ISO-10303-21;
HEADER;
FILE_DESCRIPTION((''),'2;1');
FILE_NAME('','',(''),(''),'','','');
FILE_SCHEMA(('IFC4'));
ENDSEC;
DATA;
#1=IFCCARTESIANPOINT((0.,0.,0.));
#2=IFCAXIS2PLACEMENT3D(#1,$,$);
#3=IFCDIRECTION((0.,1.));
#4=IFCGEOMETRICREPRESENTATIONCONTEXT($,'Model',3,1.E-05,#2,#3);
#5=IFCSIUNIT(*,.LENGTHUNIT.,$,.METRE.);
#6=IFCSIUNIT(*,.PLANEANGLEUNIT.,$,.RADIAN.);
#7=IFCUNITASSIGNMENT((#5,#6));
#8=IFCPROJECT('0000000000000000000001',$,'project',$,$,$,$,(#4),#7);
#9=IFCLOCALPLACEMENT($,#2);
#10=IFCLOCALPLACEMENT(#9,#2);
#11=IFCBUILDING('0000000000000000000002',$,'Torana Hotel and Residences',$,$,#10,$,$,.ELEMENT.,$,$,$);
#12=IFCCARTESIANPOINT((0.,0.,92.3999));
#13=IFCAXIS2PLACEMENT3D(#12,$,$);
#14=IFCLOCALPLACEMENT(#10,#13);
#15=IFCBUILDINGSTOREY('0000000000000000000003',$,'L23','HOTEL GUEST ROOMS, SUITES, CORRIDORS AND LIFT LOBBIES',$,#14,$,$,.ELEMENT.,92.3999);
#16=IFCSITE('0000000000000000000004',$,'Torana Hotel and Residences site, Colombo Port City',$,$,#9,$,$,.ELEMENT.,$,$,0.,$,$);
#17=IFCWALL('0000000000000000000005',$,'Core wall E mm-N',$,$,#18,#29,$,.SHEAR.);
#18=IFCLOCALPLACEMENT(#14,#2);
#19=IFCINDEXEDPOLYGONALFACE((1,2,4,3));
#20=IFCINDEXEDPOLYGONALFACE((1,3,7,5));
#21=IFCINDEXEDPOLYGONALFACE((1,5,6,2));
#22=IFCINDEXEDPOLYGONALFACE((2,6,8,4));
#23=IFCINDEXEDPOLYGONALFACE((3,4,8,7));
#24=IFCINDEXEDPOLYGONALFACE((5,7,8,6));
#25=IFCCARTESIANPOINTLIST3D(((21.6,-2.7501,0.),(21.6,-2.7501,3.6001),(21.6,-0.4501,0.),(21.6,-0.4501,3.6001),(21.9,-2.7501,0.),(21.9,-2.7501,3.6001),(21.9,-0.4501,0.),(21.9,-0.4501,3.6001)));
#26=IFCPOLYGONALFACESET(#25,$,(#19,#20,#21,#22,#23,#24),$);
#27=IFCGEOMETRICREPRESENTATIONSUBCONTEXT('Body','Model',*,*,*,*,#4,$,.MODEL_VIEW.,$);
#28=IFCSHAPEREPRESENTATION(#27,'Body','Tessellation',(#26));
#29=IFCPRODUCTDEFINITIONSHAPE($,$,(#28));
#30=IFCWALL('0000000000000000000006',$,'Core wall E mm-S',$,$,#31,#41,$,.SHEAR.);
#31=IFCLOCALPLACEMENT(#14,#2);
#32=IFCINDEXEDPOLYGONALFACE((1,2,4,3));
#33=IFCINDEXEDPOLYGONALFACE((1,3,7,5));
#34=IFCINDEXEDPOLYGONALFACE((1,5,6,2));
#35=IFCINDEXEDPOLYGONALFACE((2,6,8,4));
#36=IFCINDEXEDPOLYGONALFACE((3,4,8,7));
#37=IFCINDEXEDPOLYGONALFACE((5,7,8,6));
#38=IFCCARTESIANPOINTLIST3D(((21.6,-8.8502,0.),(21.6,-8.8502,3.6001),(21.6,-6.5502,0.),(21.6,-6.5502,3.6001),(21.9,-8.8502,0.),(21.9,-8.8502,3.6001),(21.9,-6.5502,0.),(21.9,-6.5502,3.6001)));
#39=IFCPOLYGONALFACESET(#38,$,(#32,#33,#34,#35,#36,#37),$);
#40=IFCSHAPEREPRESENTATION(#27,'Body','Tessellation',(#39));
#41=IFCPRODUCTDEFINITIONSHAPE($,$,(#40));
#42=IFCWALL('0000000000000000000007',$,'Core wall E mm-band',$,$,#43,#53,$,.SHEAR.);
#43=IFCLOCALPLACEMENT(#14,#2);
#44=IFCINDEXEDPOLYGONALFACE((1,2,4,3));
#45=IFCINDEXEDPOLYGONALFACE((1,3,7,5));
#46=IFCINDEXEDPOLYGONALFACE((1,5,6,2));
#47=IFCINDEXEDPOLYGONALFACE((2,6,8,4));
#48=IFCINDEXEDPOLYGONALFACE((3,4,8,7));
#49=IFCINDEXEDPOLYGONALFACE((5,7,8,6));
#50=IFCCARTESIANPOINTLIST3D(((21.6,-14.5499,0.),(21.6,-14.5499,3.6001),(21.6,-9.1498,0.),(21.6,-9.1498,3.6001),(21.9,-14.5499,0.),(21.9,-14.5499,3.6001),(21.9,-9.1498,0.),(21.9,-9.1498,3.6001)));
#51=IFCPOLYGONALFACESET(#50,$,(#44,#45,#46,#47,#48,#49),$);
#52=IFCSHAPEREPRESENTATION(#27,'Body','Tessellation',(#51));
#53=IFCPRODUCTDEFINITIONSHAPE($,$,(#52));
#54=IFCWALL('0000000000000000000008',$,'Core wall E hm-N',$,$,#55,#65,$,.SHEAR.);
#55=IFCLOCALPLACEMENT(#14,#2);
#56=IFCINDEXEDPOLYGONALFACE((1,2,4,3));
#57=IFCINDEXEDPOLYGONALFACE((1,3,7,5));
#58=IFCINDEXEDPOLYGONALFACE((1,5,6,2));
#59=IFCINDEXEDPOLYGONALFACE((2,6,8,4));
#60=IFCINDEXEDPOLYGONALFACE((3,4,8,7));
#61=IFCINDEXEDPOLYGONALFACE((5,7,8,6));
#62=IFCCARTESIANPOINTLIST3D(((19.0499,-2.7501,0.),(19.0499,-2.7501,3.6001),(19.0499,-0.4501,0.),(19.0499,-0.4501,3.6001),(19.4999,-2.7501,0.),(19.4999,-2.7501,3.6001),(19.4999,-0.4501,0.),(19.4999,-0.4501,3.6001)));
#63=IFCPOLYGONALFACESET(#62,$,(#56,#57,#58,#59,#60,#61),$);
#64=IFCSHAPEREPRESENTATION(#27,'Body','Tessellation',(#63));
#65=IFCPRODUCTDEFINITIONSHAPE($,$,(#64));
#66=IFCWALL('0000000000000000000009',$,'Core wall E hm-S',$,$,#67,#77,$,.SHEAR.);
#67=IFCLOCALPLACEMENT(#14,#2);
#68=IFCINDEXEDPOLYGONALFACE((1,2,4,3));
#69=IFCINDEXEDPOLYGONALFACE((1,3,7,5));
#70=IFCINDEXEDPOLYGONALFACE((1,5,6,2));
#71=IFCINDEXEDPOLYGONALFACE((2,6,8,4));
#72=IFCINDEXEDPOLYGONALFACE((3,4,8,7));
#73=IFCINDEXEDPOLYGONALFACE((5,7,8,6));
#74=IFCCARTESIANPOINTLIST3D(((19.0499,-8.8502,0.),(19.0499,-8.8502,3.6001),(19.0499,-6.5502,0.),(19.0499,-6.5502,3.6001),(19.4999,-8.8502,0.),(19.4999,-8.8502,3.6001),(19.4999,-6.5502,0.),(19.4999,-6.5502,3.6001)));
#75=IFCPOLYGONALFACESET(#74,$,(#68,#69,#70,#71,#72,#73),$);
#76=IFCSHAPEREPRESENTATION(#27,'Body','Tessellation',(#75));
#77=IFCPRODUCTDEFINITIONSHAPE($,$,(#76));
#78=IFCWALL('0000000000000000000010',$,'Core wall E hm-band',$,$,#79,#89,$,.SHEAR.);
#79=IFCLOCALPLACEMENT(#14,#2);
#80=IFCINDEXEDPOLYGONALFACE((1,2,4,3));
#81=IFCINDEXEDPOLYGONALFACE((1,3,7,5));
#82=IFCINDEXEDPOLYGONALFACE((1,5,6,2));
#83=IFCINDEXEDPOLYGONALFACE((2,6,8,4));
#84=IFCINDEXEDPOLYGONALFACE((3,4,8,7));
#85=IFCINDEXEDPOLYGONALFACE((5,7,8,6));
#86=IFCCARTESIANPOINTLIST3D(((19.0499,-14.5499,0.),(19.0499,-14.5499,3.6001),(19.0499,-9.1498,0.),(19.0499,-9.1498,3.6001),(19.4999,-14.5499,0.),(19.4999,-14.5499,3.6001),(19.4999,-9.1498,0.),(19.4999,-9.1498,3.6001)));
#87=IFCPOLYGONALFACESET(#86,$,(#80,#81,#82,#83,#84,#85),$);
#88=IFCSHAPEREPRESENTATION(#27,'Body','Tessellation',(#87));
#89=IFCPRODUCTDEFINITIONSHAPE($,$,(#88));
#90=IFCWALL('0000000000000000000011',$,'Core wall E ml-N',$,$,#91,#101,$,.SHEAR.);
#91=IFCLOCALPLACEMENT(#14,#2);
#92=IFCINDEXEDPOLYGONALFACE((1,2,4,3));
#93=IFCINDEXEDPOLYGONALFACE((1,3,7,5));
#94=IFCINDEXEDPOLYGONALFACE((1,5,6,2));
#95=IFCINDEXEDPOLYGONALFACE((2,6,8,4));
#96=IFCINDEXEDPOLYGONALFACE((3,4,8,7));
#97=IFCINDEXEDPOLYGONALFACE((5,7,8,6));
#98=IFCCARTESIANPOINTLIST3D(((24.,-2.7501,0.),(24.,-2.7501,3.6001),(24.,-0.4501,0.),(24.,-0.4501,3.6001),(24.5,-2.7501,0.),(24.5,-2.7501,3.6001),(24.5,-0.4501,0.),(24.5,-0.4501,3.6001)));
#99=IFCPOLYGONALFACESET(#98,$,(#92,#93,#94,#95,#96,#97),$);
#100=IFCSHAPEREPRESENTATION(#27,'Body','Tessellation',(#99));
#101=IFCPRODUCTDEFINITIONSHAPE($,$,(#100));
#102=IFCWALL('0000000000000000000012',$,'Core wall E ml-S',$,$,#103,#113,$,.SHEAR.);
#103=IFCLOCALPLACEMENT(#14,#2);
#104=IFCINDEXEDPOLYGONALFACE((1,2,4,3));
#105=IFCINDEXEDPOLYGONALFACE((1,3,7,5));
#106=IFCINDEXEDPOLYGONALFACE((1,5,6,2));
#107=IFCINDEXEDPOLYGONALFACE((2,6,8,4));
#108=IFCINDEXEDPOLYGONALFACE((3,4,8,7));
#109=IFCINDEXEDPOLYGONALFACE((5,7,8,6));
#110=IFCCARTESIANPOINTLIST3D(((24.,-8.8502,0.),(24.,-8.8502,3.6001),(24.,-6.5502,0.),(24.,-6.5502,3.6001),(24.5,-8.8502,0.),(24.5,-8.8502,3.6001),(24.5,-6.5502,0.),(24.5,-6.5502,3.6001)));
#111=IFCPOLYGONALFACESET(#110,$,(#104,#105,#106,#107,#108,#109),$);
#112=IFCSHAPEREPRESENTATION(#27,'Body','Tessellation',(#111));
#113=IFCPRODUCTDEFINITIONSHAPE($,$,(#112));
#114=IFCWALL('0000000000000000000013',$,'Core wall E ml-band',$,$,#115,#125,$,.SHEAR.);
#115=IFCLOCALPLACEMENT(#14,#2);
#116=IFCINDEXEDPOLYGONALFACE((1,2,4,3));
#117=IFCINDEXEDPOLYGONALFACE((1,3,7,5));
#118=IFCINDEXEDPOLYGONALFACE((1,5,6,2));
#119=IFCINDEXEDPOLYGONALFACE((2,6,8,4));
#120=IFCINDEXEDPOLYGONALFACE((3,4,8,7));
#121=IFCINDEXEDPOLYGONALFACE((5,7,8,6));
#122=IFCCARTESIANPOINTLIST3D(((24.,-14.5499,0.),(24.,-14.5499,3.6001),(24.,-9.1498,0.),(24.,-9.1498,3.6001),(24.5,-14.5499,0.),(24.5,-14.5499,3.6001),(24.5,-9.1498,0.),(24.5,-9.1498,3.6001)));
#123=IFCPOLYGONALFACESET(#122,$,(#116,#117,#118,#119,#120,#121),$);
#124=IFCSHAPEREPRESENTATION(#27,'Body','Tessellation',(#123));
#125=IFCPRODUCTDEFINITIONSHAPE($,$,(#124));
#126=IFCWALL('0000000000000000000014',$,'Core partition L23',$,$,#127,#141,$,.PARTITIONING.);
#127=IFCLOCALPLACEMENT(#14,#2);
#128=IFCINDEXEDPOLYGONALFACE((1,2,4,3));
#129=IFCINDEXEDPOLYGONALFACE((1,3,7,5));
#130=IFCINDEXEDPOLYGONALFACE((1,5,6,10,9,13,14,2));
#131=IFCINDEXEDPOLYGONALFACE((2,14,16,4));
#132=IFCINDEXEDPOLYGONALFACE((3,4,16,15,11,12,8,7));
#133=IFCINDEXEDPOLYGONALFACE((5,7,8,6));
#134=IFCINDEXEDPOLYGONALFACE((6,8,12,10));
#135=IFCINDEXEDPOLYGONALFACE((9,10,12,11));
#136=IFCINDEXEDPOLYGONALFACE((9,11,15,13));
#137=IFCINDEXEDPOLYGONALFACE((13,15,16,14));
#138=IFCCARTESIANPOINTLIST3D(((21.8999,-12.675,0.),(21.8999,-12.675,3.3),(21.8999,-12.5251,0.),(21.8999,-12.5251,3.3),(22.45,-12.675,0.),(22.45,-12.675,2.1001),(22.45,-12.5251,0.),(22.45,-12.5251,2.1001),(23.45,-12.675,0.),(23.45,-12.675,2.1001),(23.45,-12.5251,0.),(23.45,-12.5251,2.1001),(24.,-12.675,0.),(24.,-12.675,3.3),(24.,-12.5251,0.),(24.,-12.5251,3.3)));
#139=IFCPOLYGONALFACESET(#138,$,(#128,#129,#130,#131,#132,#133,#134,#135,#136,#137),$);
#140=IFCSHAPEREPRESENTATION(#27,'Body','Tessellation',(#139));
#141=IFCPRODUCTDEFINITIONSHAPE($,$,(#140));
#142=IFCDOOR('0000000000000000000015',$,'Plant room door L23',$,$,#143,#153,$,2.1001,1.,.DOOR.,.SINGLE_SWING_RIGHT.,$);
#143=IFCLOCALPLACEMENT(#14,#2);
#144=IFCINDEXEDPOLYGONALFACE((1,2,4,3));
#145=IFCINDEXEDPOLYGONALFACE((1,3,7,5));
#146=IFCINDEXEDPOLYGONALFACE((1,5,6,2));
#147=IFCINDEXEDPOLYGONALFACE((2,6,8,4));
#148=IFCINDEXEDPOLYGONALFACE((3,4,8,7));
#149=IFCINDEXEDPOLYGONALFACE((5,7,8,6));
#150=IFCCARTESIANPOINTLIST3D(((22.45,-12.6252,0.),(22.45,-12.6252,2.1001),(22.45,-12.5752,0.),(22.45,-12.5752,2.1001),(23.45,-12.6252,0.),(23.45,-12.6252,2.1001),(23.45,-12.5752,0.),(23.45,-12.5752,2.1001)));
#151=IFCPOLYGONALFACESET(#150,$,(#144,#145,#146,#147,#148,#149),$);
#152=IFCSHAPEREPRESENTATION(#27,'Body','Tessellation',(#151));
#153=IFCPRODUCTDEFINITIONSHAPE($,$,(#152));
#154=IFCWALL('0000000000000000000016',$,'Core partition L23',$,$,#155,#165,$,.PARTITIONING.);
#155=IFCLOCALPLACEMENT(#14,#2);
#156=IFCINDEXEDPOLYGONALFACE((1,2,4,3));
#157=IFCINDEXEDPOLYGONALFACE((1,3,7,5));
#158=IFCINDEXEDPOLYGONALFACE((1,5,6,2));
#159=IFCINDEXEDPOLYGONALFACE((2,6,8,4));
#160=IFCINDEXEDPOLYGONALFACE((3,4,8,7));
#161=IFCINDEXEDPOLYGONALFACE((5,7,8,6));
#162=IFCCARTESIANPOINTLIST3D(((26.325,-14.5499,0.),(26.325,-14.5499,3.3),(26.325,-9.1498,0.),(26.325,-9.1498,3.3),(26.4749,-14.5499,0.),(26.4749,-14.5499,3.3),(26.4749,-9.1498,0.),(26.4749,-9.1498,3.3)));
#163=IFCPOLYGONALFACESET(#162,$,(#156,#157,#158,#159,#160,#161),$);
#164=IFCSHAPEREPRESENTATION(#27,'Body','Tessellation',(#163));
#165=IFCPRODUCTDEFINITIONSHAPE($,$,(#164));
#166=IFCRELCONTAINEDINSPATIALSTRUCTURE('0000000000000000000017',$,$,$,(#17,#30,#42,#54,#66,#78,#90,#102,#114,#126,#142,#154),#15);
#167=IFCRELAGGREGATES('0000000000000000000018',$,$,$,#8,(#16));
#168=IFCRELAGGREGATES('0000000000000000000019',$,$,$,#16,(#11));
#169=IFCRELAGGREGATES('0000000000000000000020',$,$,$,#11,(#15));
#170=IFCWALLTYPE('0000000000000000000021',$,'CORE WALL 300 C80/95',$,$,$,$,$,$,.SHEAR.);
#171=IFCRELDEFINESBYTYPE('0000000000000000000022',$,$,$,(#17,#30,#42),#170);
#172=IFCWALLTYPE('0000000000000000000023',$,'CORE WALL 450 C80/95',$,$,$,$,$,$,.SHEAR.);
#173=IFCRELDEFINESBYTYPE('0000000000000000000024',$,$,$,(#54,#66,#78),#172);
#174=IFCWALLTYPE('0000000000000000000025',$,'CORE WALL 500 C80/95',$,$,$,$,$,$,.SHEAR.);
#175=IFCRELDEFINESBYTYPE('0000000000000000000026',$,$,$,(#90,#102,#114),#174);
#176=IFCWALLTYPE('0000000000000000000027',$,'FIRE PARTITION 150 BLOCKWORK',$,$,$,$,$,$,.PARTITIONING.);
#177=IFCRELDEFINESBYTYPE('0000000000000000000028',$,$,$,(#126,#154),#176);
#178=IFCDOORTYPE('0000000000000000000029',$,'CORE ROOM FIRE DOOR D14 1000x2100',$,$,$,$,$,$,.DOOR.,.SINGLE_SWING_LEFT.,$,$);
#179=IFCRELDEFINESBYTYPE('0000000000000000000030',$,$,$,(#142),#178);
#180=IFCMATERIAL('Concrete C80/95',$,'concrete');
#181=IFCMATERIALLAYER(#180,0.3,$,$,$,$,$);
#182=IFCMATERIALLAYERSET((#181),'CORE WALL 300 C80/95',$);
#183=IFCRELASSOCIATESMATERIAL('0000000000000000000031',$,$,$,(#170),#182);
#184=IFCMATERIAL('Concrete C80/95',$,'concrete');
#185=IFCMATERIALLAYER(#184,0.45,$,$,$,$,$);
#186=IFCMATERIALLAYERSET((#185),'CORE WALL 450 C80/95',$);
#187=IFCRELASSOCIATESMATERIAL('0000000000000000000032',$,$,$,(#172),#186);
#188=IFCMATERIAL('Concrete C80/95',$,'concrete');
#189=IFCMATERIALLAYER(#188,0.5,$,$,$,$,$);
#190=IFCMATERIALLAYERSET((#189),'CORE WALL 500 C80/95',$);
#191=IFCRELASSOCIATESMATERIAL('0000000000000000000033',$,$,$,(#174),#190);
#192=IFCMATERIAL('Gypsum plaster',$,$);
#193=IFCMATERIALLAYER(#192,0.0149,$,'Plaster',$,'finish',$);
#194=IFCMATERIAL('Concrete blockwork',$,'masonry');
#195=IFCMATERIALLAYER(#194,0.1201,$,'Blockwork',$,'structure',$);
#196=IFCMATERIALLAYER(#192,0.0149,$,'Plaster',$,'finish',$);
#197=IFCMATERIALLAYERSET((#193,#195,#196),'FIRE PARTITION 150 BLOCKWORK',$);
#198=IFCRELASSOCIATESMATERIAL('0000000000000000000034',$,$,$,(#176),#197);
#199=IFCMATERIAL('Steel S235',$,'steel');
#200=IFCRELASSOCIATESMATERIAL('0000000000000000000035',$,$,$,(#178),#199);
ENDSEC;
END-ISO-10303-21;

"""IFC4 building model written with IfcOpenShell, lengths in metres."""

from ifc_helpers import new_model, si_unit, direction, frame, frame_2d, origin, place, context, subcontext, project, spatial, rectangle, extrude, material, layer, layer_set, type_object, element, fill, save


model = new_model("IFC4")

# Units and contexts
model_context = context("Model", 3, precision=1e-05, world=origin(), true_north=direction((0.0, 1.0)))
body_context = subcontext(model_context, "Body", "Model", "MODEL_VIEW")
ifc_project = project(units=[si_unit("LENGTHUNIT", "METRE"), si_unit("PLANEANGLEUNIT", "RADIAN")], contexts=[model_context])

# Site, building, storey
site_placement = place(None, origin())
site = spatial("IfcSite", under=ifc_project, at=site_placement, Name="Torana Hotel and Residences site, Colombo Port City", CompositionType="ELEMENT", RefElevation=0.0)
building_placement = place(site_placement, origin())
building = spatial("IfcBuilding", under=site, at=building_placement, Name="Torana Hotel and Residences", CompositionType="ELEMENT")
storey_placement = place(building_placement, frame((0.0, 0.0, 92.3999)))
storey = spatial("IfcBuildingStorey", under=building, at=storey_placement, Name="L23", Description="HOTEL GUEST ROOMS, SUITES, CORRIDORS AND LIFT LOBBIES", CompositionType="ELEMENT", Elevation=92.3999)

# Walls
ifc_material_1 = material(Name="Concrete C80/95", Category="concrete")
ifc_layer_1 = layer(ifc_material_1, 0.3)
ifc_layer_set_1 = layer_set([ifc_layer_1], Name="CORE WALL 300 C80/95")
wall_type_1 = type_object("IfcWallType", Name="CORE WALL 300 C80/95", PredefinedType="SHEAR", material=ifc_layer_set_1)
for number, where, z_axis, x_axis, name in (
    (1, (21.75, -2.75, 0.0), (0.0, 0.0, 1.0), (0.0, 1.0, 0.0), "Core wall E mm-N"),
    (2, (21.75, -8.8501, 0.0), (0.0, 0.0, 1.0), (0.0, 1.0, 0.0), "Core wall E mm-S"),
):
    element("IfcWall", number, at=place(storey_placement, frame(where, z_axis=z_axis, x_axis=x_axis)), inside=storey, type_object=wall_type_1, Name=name, PredefinedType="SHEAR", context=body_context, shape_type="SweptSolid", body=[
        extrude(rectangle(XDim=2.3, YDim=0.3, at=frame_2d((1.1499, 0.0))), origin(), (0.0, 0.0, 1.0), 3.6001),
    ])
wall_1_placement = place(storey_placement, frame((21.75, -14.55, 0.0), z_axis=(0.0, 0.0, 1.0), x_axis=(0.0, 1.0, 0.0)))
element("IfcWall", 3, at=wall_1_placement, inside=storey, type_object=wall_type_1, Name="Core wall E mm-band", PredefinedType="SHEAR", context=body_context, shape_type="SweptSolid", body=[
    extrude(rectangle(XDim=5.4001, YDim=0.3, at=frame_2d((2.7002, 0.0))), origin(), (0.0, 0.0, 1.0), 3.6001),
])
ifc_material_2 = material(Name="Concrete C80/95", Category="concrete")
ifc_layer_2 = layer(ifc_material_2, 0.45)
ifc_layer_set_2 = layer_set([ifc_layer_2], Name="CORE WALL 450 C80/95")
wall_type_2 = type_object("IfcWallType", Name="CORE WALL 450 C80/95", PredefinedType="SHEAR", material=ifc_layer_set_2)
for number, where, z_axis, x_axis, name in (
    (4, (19.2749, -2.75, 0.0), (0.0, 0.0, 1.0), (0.0, 1.0, 0.0), "Core wall E hm-N"),
    (5, (19.2749, -8.8501, 0.0), (0.0, 0.0, 1.0), (0.0, 1.0, 0.0), "Core wall E hm-S"),
):
    element("IfcWall", number, at=place(storey_placement, frame(where, z_axis=z_axis, x_axis=x_axis)), inside=storey, type_object=wall_type_2, Name=name, PredefinedType="SHEAR", context=body_context, shape_type="SweptSolid", body=[
        extrude(rectangle(XDim=2.3, YDim=0.45, at=frame_2d((1.1499, 0.0))), origin(), (0.0, 0.0, 1.0), 3.6001),
    ])
wall_2_placement = place(storey_placement, frame((19.2749, -14.55, 0.0), z_axis=(0.0, 0.0, 1.0), x_axis=(0.0, 1.0, 0.0)))
element("IfcWall", 6, at=wall_2_placement, inside=storey, type_object=wall_type_2, Name="Core wall E hm-band", PredefinedType="SHEAR", context=body_context, shape_type="SweptSolid", body=[
    extrude(rectangle(XDim=5.4001, YDim=0.45, at=frame_2d((2.7002, 0.0))), origin(), (0.0, 0.0, 1.0), 3.6001),
])
ifc_material_3 = material(Name="Concrete C80/95", Category="concrete")
ifc_layer_3 = layer(ifc_material_3, 0.5)
ifc_layer_set_3 = layer_set([ifc_layer_3], Name="CORE WALL 500 C80/95")
wall_type_3 = type_object("IfcWallType", Name="CORE WALL 500 C80/95", PredefinedType="SHEAR", material=ifc_layer_set_3)
for number, where, z_axis, x_axis, name in (
    (7, (24.25, -2.75, 0.0), (0.0, 0.0, 1.0), (0.0, 1.0, 0.0), "Core wall E ml-N"),
    (8, (24.25, -8.8501, 0.0), (0.0, 0.0, 1.0), (0.0, 1.0, 0.0), "Core wall E ml-S"),
):
    element("IfcWall", number, at=place(storey_placement, frame(where, z_axis=z_axis, x_axis=x_axis)), inside=storey, type_object=wall_type_3, Name=name, PredefinedType="SHEAR", context=body_context, shape_type="SweptSolid", body=[
        extrude(rectangle(XDim=2.3, YDim=0.5, at=frame_2d((1.1499, 0.0))), origin(), (0.0, 0.0, 1.0), 3.6001),
    ])
wall_3_placement = place(storey_placement, frame((24.25, -14.55, 0.0), z_axis=(0.0, 0.0, 1.0), x_axis=(0.0, 1.0, 0.0)))
element("IfcWall", 9, at=wall_3_placement, inside=storey, type_object=wall_type_3, Name="Core wall E ml-band", PredefinedType="SHEAR", context=body_context, shape_type="SweptSolid", body=[
    extrude(rectangle(XDim=5.4001, YDim=0.5, at=frame_2d((2.7002, 0.0))), origin(), (0.0, 0.0, 1.0), 3.6001),
])

# Wall, opening, door
ifc_material_4 = material(Name="Gypsum plaster")
ifc_layer_4 = layer(ifc_material_4, 0.0149, Name="Plaster", Category="finish")
ifc_material_5 = material(Name="Concrete blockwork", Category="masonry")
ifc_layer_5 = layer(ifc_material_5, 0.1201, Name="Blockwork", Category="structure")
ifc_layer_6 = layer(ifc_material_4, 0.0149, Name="Plaster", Category="finish")
ifc_layer_set_4 = layer_set([ifc_layer_4, ifc_layer_5, ifc_layer_6], Name="FIRE PARTITION 150 BLOCKWORK")
wall_type_4 = type_object("IfcWallType", Name="FIRE PARTITION 150 BLOCKWORK", PredefinedType="PARTITIONING", material=ifc_layer_set_4)
wall_4_placement = place(storey_placement, frame((21.8999, -12.6001, 0.0), z_axis=(0.0, 0.0, 1.0), x_axis=(1.0, 0.0, 0.0)))
wall_4 = element("IfcWall", 10, at=wall_4_placement, inside=storey, type_object=wall_type_4, Name="Core partition L23", PredefinedType="PARTITIONING", context=body_context, shape_type="SweptSolid", body=[
    extrude(rectangle(XDim=2.1001, YDim=0.1499, at=frame_2d((1.05, 0.0))), origin(), (0.0, 0.0, 1.0), 3.3),
])
opening_placement = place(wall_4_placement, frame((0.55, 0.0, 0.0)))
opening = element("IfcOpeningElement", 11, at=opening_placement, cuts=wall_4, PredefinedType="OPENING", context=body_context, shape_type="SweptSolid", body=[
    extrude(rectangle(XDim=1.0, YDim=2.1001, at=frame_2d((0.5, 1.05))), frame((0.0, 0.085, 0.0), z_axis=(0.0, -1.0, 0.0), x_axis=(1.0, 0.0, 0.0)), (0.0, 0.0, 1.0), 0.1699),
])
ifc_material_6 = material(Name="Steel S235", Category="steel")
door_type = type_object("IfcDoorType", Name="CORE ROOM FIRE DOOR D14 1000x2100", OperationType="SINGLE_SWING_LEFT", PredefinedType="DOOR", material=ifc_material_6)
door_placement = place(opening_placement, origin())
door = element("IfcDoor", 12, at=door_placement, inside=storey, type_object=door_type, Name="Plant room door L23", OperationType="SINGLE_SWING_RIGHT", OverallHeight=2.1001, OverallWidth=1.0, PredefinedType="DOOR", context=body_context, shape_type="SweptSolid", body=[
    extrude(rectangle(XDim=1.0, YDim=2.1001, at=frame_2d((0.5, 1.05))), frame((0.0, 0.0249, 0.0), z_axis=(0.0, -1.0, 0.0), x_axis=(1.0, 0.0, 0.0)), (0.0, 0.0, 1.0), 0.05),
])
fill(opening, door)

# Wall
wall_5_placement = place(storey_placement, frame((26.3999, -14.55, 0.0), z_axis=(0.0, 0.0, 1.0), x_axis=(0.0, 1.0, 0.0)))
element("IfcWall", 13, at=wall_5_placement, inside=storey, type_object=wall_type_4, Name="Core partition L23", PredefinedType="PARTITIONING", context=body_context, shape_type="SweptSolid", body=[
    extrude(rectangle(XDim=5.4001, YDim=0.1499, at=frame_2d((2.7002, 0.0))), origin(), (0.0, 0.0, 1.0), 3.3),
])

save(model, "model.ifc")
